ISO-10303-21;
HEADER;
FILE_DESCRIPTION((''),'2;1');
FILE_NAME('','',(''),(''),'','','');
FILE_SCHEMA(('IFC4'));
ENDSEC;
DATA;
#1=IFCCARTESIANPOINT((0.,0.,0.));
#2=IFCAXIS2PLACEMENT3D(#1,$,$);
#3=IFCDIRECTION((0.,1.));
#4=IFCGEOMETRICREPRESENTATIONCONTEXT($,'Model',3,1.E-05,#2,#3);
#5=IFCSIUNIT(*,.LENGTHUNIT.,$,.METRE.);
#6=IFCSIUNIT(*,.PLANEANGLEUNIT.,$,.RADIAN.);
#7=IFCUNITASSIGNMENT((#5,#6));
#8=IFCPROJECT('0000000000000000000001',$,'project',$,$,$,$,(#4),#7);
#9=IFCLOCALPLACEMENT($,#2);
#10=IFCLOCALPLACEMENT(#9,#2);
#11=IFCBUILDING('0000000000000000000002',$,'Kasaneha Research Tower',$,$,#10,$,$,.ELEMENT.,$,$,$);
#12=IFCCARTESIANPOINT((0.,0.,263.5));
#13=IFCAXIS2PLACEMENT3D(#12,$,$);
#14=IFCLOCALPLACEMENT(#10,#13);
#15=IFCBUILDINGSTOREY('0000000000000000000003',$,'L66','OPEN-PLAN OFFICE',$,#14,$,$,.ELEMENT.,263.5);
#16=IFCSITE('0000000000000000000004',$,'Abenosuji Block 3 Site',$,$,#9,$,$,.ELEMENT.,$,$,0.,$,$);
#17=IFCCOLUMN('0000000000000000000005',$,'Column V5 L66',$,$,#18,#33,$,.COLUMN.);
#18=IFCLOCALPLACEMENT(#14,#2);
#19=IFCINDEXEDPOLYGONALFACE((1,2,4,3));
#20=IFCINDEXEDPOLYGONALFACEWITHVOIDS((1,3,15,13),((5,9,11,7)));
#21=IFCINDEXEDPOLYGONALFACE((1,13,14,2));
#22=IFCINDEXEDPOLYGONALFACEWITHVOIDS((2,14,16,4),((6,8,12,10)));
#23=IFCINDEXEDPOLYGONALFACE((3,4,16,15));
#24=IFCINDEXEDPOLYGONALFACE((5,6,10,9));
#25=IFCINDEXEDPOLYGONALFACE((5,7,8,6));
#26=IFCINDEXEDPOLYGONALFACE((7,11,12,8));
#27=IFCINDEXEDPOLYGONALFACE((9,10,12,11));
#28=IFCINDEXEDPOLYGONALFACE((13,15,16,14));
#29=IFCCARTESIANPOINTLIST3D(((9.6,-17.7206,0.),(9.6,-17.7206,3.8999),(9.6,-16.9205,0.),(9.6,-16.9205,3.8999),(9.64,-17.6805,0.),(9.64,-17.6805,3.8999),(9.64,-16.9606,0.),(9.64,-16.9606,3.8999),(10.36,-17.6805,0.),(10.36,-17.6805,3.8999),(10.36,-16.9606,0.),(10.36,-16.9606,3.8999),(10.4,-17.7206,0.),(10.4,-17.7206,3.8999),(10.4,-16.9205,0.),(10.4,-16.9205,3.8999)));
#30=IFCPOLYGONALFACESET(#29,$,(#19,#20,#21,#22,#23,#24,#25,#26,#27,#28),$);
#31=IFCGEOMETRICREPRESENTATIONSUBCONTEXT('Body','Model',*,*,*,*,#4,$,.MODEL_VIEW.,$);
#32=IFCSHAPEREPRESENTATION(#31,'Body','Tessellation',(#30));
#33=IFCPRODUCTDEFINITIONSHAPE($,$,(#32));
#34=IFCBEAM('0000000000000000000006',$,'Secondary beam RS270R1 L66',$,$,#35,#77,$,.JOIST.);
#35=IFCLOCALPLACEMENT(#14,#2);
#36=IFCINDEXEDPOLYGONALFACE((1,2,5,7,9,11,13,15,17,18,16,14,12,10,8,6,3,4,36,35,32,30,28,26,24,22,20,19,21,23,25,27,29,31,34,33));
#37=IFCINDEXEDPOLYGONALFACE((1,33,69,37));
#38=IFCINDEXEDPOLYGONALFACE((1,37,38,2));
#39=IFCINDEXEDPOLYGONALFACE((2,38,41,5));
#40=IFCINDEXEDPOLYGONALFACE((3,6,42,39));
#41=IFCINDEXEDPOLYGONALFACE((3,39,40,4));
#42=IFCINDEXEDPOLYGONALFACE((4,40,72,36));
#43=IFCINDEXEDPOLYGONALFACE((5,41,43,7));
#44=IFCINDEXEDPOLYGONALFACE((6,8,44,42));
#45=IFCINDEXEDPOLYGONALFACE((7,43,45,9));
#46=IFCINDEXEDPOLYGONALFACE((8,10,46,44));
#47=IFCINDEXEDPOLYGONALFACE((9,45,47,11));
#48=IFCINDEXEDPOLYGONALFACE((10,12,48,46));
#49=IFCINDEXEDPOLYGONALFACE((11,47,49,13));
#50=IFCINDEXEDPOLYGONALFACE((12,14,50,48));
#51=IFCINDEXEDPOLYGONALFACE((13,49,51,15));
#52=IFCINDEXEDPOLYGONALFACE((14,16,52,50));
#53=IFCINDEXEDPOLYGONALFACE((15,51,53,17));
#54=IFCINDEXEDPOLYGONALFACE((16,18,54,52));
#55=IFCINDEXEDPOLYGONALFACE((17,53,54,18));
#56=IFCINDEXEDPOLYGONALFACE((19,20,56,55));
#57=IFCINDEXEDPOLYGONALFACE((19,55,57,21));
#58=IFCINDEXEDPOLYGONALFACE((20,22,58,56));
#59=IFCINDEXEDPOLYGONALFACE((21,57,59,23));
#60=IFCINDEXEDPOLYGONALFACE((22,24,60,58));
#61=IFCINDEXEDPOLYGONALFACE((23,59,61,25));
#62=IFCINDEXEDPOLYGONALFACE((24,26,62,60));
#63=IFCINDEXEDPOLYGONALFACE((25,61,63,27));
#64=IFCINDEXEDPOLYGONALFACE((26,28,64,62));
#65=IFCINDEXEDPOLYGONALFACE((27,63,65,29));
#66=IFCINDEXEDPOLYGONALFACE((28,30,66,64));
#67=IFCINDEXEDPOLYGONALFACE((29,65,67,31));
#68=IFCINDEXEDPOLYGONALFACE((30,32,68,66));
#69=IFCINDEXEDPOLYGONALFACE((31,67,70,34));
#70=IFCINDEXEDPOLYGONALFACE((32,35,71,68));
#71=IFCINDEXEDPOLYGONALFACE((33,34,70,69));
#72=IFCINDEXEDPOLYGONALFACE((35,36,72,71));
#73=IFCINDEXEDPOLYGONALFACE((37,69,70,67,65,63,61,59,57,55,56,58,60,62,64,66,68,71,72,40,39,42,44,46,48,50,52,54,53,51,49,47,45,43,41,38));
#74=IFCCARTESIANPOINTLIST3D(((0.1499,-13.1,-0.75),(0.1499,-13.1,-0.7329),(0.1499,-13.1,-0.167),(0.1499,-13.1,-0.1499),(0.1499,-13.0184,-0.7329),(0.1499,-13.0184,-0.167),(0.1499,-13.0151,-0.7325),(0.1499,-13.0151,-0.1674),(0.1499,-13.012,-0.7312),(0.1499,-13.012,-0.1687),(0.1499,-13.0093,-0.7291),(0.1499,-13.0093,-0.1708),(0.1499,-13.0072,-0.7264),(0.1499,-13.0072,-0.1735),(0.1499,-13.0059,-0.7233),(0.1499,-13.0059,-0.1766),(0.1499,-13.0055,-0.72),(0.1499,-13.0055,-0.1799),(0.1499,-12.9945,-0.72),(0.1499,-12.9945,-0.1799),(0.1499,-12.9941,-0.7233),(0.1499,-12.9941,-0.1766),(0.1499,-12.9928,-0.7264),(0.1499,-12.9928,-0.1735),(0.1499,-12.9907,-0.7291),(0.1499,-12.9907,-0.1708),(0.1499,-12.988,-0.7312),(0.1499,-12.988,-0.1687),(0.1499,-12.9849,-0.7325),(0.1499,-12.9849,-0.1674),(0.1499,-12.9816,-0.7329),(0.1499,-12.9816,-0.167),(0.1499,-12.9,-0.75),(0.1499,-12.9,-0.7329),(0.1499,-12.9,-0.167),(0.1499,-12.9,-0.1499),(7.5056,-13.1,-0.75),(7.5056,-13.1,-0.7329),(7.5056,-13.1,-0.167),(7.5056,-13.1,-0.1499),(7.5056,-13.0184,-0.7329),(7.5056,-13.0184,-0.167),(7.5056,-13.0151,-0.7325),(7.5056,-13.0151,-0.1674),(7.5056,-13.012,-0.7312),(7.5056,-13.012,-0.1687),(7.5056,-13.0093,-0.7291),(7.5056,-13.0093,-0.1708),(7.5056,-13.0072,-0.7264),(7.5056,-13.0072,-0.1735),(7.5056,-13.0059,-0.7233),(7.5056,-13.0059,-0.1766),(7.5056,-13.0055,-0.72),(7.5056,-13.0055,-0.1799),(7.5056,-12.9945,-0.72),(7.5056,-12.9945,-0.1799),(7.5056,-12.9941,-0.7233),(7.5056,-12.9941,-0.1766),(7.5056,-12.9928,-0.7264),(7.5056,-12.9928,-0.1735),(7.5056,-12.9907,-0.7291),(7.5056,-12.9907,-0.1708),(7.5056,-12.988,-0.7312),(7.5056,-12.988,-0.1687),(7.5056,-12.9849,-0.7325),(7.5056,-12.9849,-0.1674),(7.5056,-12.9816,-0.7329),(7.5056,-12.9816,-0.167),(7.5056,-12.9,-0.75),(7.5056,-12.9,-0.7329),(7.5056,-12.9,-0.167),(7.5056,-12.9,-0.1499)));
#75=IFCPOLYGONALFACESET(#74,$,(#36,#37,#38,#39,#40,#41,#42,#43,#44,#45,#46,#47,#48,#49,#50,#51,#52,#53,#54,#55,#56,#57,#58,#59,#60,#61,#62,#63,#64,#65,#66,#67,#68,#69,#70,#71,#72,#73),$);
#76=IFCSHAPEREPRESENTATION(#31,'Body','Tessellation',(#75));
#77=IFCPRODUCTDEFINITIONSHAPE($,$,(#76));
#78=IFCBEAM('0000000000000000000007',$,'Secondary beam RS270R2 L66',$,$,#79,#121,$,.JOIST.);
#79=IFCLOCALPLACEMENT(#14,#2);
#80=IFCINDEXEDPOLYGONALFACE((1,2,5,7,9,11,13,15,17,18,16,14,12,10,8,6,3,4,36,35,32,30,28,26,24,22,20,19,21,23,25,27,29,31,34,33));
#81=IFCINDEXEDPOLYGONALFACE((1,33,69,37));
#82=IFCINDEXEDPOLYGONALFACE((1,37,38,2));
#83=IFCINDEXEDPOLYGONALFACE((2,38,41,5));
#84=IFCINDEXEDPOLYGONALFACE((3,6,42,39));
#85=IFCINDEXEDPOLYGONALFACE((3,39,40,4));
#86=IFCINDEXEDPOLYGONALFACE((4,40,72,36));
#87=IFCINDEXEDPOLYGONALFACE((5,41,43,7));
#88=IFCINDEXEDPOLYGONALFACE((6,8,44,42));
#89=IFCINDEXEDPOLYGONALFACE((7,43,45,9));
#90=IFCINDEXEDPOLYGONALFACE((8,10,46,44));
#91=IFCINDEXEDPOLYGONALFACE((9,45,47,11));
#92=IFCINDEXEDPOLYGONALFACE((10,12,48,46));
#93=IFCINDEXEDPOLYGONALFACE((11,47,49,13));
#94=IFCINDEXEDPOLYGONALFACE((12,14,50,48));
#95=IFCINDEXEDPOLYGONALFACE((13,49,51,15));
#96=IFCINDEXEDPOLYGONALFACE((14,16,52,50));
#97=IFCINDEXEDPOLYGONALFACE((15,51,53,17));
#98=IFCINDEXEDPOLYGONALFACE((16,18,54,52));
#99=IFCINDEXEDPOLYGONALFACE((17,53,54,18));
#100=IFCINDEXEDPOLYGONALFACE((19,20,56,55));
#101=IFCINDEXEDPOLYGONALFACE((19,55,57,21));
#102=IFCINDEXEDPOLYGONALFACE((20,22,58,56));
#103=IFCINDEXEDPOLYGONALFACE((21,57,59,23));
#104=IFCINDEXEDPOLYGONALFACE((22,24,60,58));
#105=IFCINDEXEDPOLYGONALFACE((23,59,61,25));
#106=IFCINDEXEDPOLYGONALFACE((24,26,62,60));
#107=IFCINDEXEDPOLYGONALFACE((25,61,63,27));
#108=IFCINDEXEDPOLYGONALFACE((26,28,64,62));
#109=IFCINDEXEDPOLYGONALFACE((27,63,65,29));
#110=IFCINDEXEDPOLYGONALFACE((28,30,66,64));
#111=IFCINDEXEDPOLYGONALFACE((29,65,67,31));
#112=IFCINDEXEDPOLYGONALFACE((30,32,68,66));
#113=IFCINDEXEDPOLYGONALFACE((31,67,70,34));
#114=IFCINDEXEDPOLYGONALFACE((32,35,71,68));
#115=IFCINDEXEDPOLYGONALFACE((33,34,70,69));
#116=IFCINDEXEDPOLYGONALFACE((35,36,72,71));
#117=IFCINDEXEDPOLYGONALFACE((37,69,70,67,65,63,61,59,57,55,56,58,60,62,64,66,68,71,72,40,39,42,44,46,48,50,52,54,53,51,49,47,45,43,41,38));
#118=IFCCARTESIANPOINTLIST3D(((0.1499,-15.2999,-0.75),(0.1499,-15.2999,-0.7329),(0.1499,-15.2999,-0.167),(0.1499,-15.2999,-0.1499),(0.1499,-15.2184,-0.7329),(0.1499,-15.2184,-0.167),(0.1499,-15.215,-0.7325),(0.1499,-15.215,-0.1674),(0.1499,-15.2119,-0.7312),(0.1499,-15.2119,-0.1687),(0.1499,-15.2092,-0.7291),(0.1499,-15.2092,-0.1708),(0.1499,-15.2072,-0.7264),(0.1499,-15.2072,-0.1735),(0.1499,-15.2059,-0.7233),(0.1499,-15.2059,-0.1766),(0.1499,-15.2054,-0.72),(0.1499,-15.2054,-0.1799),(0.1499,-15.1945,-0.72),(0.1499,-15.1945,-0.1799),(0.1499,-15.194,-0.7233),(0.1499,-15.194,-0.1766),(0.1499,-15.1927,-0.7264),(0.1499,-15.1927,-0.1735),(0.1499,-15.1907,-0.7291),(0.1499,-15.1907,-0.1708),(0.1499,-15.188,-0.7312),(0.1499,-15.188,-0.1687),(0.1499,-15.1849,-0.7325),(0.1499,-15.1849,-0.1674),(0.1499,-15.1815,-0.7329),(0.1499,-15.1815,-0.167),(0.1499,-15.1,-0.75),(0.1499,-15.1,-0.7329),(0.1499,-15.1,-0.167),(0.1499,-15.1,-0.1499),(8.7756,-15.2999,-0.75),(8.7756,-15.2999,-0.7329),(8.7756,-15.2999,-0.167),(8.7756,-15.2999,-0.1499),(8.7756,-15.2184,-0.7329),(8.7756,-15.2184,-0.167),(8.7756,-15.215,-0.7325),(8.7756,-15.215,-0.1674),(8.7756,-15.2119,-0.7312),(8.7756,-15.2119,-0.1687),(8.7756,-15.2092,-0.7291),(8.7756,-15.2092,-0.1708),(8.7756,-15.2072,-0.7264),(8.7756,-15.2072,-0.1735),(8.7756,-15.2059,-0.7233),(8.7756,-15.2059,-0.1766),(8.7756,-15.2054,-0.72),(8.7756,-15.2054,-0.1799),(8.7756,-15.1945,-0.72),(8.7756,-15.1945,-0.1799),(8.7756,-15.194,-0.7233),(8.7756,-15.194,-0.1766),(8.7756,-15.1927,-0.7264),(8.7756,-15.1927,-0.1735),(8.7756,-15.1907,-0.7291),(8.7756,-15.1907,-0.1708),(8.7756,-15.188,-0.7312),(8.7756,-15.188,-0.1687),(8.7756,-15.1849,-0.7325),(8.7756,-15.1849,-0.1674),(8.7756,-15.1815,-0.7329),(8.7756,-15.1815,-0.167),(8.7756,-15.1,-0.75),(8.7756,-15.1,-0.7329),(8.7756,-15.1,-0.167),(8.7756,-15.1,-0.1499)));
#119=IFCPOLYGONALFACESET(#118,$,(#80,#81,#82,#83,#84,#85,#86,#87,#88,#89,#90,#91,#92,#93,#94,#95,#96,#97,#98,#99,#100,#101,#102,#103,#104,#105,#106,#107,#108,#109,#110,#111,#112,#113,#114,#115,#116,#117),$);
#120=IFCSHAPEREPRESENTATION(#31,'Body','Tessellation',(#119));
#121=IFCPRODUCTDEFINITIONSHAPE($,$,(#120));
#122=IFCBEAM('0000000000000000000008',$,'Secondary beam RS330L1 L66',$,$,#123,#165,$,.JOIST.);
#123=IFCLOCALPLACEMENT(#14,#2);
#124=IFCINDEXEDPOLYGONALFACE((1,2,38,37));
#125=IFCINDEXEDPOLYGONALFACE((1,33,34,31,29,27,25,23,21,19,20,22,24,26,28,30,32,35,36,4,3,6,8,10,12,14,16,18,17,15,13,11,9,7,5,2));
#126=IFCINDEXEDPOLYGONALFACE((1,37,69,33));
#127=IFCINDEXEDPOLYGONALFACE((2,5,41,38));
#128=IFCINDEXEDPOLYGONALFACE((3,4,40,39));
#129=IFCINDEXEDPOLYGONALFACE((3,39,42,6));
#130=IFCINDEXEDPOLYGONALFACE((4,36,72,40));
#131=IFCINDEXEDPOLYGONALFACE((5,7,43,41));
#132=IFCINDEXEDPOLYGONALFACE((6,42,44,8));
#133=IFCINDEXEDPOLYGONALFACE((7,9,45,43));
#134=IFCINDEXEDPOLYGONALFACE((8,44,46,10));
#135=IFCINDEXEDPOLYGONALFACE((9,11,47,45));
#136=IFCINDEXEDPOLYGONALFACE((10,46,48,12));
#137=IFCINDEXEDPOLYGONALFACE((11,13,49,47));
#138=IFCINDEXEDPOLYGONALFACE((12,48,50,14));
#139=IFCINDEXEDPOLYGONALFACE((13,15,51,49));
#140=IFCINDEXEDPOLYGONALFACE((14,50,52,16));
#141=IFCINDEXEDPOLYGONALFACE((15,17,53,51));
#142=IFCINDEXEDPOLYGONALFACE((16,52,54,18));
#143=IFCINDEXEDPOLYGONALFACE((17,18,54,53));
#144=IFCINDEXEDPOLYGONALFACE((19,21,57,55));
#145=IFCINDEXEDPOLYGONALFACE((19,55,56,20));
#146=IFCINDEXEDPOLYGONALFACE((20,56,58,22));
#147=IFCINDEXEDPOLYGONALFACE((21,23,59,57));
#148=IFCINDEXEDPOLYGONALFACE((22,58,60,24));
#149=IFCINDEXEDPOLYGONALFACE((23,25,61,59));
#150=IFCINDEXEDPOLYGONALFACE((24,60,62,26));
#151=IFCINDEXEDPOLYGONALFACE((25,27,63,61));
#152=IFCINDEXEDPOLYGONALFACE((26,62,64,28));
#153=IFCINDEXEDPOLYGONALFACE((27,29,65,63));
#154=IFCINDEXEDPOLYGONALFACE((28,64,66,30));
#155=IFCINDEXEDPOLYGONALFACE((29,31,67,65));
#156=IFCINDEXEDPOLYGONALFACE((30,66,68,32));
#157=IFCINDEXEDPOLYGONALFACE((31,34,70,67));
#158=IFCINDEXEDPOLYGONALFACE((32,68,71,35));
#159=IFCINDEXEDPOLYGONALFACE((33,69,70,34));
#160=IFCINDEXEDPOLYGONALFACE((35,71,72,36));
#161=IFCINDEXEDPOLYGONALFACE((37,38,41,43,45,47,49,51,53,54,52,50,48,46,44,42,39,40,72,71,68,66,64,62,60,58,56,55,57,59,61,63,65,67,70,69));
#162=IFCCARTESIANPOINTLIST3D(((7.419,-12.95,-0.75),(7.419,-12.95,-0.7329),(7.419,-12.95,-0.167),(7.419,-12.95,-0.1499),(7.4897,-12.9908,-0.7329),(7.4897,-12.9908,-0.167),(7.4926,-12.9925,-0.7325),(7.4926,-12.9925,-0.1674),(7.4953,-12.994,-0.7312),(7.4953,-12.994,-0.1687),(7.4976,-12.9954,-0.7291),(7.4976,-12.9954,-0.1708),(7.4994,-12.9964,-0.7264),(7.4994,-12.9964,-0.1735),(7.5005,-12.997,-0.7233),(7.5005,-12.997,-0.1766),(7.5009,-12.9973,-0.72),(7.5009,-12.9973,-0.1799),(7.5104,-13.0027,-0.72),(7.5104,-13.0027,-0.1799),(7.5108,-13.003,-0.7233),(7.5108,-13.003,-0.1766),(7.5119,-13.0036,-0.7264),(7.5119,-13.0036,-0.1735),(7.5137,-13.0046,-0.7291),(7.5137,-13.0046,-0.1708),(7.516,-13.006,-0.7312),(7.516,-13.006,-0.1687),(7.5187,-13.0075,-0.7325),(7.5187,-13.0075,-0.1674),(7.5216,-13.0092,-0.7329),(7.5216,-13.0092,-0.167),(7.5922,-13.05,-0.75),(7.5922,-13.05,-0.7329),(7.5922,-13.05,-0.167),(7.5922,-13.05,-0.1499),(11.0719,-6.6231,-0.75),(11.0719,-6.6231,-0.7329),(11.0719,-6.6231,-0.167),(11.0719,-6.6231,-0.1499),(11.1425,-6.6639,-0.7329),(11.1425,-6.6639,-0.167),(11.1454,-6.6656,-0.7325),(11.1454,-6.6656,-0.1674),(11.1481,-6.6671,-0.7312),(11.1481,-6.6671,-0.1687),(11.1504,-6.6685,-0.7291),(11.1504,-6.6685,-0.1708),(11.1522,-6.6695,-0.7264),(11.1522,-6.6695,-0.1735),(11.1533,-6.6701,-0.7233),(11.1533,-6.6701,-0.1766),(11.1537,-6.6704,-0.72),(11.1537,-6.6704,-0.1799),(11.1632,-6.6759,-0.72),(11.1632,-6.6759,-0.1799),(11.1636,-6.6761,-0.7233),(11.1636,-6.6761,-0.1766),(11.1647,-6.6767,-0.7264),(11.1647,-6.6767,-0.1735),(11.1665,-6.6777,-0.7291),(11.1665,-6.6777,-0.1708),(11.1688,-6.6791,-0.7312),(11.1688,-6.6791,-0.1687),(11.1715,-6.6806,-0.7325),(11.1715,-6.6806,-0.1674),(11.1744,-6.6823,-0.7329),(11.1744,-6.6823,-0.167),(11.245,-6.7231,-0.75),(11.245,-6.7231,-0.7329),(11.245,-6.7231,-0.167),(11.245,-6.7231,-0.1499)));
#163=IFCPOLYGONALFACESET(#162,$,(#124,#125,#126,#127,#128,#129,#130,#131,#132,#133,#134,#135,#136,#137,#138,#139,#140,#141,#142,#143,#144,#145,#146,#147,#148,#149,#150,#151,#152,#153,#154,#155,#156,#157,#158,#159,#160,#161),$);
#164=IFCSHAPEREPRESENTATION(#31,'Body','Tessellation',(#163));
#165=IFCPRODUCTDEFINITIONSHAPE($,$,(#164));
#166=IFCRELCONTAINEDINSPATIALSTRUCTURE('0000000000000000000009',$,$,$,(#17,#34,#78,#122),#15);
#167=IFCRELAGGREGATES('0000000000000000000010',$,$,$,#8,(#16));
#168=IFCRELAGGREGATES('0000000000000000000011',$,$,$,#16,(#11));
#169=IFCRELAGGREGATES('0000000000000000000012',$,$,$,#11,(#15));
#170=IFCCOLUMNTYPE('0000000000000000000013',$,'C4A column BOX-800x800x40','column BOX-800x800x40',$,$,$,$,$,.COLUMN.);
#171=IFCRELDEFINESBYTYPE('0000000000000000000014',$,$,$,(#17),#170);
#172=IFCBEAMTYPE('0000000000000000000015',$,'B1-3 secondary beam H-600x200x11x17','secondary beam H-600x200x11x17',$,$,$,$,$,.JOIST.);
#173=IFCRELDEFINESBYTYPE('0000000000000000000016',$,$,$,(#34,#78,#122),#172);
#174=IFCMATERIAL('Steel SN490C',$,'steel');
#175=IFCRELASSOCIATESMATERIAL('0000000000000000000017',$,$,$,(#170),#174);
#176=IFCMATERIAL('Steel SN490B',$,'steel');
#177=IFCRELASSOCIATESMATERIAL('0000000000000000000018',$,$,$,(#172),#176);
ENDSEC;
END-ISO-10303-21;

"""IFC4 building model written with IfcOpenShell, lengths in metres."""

from ifc_helpers import new_model, si_unit, direction, frame, origin, origin_2d, place, context, subcontext, project, spatial, hollow_rectangle, i_section, extrude, material, material_profile, profile_set, type_object, element, save


model = new_model("IFC4")

# Units and contexts
model_context = context("Model", 3, precision=1e-05, world=origin(), true_north=direction((0.0, 1.0)))
body_context = subcontext(model_context, "Body", "Model", "MODEL_VIEW")
ifc_project = project(units=[si_unit("LENGTHUNIT", "METRE"), si_unit("PLANEANGLEUNIT", "RADIAN")], contexts=[model_context])

# Site, building, storey
site_placement = place(None, origin())
site = spatial("IfcSite", under=ifc_project, at=site_placement, Name="Abenosuji Block 3 Site", CompositionType="ELEMENT", RefElevation=0.0)
building_placement = place(site_placement, origin())
building = spatial("IfcBuilding", under=site, at=building_placement, Name="Kasaneha Research Tower", CompositionType="ELEMENT")
storey_placement = place(building_placement, frame((0.0, 0.0, 263.5)))
storey = spatial("IfcBuildingStorey", under=building, at=storey_placement, Name="L66", Description="OPEN-PLAN OFFICE", CompositionType="ELEMENT", Elevation=263.5)

# Column
ifc_material_1 = material(Name="Steel SN490C", Category="steel")
ifc_material_profile_1 = material_profile(ifc_material_1, hollow_rectangle(XDim=0.8, YDim=0.8, WallThickness=0.04, at=origin_2d()), Name="BOX-800x800x40")
ifc_profile_set_1 = profile_set([ifc_material_profile_1], Name="Steel SN490C")
column_type = type_object("IfcColumnType", Name="C4A column BOX-800x800x40", Description="column BOX-800x800x40", PredefinedType="COLUMN", material=ifc_profile_set_1)
column_placement = place(storey_placement, frame((10.0, -17.3206, 0.0), z_axis=(0.0, 0.0, 1.0), x_axis=(1.0, 0.0, 0.0)))
element("IfcColumn", 1, at=column_placement, inside=storey, type_object=column_type, Name="Column V5 L66", PredefinedType="COLUMN", context=body_context, shape_type="SweptSolid", body=[
    extrude(hollow_rectangle(XDim=0.8, YDim=0.8, WallThickness=0.04, at=origin_2d()), origin(), (0.0, 0.0, 1.0), 3.8999),
])

# Beams
ifc_material_2 = material(Name="Steel SN490B", Category="steel")
ifc_material_profile_2 = material_profile(ifc_material_2, i_section(OverallWidth=0.2, OverallDepth=0.6001, WebThickness=0.011, FlangeThickness=0.0171, FilletRadius=0.0129, at=origin_2d()), Name="H-600x200x11x17")
ifc_profile_set_2 = profile_set([ifc_material_profile_2], Name="Steel SN490B")
beam_type_1 = type_object("IfcBeamType", Name="B1-3 secondary beam H-600x200x11x17", Description="secondary beam H-600x200x11x17", PredefinedType="JOIST", material=ifc_profile_set_2)
beam_1_placement = place(storey_placement, frame((7.5056, -13.0, -0.45), z_axis=(-1.0, 0.0, 0.0), x_axis=(0.0, -1.0, 0.0)))
element("IfcBeam", 2, at=beam_1_placement, inside=storey, type_object=beam_type_1, Name="Secondary beam RS270R1 L66", PredefinedType="JOIST", context=body_context, shape_type="SweptSolid", body=[
    extrude(i_section(OverallWidth=0.2, OverallDepth=0.6001, WebThickness=0.011, FlangeThickness=0.0171, FilletRadius=0.0129, at=origin_2d()), origin(), (0.0, 0.0, 1.0), 7.3557),
])
beam_2_placement = place(storey_placement, frame((8.7756, -15.2, -0.45), z_axis=(-1.0, 0.0, 0.0), x_axis=(0.0, -1.0, 0.0)))
element("IfcBeam", 3, at=beam_2_placement, inside=storey, type_object=beam_type_1, Name="Secondary beam RS270R2 L66", PredefinedType="JOIST", context=body_context, shape_type="SweptSolid", body=[
    extrude(i_section(OverallWidth=0.2, OverallDepth=0.6001, WebThickness=0.011, FlangeThickness=0.0171, FilletRadius=0.0129, at=origin_2d()), origin(), (0.0, 0.0, 1.0), 8.6257),
])
beam_3_placement = place(storey_placement, frame((7.5056, -13.0, -0.45), z_axis=(0.499999, 0.866026, 0.0), x_axis=(-0.866026, 0.499999, 0.0)))
element("IfcBeam", 4, at=beam_3_placement, inside=storey, type_object=beam_type_1, Name="Secondary beam RS330L1 L66", PredefinedType="JOIST", context=body_context, shape_type="SweptSolid", body=[
    extrude(i_section(OverallWidth=0.2, OverallDepth=0.6001, WebThickness=0.011, FlangeThickness=0.0171, FilletRadius=0.0129, at=origin_2d()), origin(), (0.0, 0.0, 1.0), 7.3057),
])

save(model, "model.ifc")
